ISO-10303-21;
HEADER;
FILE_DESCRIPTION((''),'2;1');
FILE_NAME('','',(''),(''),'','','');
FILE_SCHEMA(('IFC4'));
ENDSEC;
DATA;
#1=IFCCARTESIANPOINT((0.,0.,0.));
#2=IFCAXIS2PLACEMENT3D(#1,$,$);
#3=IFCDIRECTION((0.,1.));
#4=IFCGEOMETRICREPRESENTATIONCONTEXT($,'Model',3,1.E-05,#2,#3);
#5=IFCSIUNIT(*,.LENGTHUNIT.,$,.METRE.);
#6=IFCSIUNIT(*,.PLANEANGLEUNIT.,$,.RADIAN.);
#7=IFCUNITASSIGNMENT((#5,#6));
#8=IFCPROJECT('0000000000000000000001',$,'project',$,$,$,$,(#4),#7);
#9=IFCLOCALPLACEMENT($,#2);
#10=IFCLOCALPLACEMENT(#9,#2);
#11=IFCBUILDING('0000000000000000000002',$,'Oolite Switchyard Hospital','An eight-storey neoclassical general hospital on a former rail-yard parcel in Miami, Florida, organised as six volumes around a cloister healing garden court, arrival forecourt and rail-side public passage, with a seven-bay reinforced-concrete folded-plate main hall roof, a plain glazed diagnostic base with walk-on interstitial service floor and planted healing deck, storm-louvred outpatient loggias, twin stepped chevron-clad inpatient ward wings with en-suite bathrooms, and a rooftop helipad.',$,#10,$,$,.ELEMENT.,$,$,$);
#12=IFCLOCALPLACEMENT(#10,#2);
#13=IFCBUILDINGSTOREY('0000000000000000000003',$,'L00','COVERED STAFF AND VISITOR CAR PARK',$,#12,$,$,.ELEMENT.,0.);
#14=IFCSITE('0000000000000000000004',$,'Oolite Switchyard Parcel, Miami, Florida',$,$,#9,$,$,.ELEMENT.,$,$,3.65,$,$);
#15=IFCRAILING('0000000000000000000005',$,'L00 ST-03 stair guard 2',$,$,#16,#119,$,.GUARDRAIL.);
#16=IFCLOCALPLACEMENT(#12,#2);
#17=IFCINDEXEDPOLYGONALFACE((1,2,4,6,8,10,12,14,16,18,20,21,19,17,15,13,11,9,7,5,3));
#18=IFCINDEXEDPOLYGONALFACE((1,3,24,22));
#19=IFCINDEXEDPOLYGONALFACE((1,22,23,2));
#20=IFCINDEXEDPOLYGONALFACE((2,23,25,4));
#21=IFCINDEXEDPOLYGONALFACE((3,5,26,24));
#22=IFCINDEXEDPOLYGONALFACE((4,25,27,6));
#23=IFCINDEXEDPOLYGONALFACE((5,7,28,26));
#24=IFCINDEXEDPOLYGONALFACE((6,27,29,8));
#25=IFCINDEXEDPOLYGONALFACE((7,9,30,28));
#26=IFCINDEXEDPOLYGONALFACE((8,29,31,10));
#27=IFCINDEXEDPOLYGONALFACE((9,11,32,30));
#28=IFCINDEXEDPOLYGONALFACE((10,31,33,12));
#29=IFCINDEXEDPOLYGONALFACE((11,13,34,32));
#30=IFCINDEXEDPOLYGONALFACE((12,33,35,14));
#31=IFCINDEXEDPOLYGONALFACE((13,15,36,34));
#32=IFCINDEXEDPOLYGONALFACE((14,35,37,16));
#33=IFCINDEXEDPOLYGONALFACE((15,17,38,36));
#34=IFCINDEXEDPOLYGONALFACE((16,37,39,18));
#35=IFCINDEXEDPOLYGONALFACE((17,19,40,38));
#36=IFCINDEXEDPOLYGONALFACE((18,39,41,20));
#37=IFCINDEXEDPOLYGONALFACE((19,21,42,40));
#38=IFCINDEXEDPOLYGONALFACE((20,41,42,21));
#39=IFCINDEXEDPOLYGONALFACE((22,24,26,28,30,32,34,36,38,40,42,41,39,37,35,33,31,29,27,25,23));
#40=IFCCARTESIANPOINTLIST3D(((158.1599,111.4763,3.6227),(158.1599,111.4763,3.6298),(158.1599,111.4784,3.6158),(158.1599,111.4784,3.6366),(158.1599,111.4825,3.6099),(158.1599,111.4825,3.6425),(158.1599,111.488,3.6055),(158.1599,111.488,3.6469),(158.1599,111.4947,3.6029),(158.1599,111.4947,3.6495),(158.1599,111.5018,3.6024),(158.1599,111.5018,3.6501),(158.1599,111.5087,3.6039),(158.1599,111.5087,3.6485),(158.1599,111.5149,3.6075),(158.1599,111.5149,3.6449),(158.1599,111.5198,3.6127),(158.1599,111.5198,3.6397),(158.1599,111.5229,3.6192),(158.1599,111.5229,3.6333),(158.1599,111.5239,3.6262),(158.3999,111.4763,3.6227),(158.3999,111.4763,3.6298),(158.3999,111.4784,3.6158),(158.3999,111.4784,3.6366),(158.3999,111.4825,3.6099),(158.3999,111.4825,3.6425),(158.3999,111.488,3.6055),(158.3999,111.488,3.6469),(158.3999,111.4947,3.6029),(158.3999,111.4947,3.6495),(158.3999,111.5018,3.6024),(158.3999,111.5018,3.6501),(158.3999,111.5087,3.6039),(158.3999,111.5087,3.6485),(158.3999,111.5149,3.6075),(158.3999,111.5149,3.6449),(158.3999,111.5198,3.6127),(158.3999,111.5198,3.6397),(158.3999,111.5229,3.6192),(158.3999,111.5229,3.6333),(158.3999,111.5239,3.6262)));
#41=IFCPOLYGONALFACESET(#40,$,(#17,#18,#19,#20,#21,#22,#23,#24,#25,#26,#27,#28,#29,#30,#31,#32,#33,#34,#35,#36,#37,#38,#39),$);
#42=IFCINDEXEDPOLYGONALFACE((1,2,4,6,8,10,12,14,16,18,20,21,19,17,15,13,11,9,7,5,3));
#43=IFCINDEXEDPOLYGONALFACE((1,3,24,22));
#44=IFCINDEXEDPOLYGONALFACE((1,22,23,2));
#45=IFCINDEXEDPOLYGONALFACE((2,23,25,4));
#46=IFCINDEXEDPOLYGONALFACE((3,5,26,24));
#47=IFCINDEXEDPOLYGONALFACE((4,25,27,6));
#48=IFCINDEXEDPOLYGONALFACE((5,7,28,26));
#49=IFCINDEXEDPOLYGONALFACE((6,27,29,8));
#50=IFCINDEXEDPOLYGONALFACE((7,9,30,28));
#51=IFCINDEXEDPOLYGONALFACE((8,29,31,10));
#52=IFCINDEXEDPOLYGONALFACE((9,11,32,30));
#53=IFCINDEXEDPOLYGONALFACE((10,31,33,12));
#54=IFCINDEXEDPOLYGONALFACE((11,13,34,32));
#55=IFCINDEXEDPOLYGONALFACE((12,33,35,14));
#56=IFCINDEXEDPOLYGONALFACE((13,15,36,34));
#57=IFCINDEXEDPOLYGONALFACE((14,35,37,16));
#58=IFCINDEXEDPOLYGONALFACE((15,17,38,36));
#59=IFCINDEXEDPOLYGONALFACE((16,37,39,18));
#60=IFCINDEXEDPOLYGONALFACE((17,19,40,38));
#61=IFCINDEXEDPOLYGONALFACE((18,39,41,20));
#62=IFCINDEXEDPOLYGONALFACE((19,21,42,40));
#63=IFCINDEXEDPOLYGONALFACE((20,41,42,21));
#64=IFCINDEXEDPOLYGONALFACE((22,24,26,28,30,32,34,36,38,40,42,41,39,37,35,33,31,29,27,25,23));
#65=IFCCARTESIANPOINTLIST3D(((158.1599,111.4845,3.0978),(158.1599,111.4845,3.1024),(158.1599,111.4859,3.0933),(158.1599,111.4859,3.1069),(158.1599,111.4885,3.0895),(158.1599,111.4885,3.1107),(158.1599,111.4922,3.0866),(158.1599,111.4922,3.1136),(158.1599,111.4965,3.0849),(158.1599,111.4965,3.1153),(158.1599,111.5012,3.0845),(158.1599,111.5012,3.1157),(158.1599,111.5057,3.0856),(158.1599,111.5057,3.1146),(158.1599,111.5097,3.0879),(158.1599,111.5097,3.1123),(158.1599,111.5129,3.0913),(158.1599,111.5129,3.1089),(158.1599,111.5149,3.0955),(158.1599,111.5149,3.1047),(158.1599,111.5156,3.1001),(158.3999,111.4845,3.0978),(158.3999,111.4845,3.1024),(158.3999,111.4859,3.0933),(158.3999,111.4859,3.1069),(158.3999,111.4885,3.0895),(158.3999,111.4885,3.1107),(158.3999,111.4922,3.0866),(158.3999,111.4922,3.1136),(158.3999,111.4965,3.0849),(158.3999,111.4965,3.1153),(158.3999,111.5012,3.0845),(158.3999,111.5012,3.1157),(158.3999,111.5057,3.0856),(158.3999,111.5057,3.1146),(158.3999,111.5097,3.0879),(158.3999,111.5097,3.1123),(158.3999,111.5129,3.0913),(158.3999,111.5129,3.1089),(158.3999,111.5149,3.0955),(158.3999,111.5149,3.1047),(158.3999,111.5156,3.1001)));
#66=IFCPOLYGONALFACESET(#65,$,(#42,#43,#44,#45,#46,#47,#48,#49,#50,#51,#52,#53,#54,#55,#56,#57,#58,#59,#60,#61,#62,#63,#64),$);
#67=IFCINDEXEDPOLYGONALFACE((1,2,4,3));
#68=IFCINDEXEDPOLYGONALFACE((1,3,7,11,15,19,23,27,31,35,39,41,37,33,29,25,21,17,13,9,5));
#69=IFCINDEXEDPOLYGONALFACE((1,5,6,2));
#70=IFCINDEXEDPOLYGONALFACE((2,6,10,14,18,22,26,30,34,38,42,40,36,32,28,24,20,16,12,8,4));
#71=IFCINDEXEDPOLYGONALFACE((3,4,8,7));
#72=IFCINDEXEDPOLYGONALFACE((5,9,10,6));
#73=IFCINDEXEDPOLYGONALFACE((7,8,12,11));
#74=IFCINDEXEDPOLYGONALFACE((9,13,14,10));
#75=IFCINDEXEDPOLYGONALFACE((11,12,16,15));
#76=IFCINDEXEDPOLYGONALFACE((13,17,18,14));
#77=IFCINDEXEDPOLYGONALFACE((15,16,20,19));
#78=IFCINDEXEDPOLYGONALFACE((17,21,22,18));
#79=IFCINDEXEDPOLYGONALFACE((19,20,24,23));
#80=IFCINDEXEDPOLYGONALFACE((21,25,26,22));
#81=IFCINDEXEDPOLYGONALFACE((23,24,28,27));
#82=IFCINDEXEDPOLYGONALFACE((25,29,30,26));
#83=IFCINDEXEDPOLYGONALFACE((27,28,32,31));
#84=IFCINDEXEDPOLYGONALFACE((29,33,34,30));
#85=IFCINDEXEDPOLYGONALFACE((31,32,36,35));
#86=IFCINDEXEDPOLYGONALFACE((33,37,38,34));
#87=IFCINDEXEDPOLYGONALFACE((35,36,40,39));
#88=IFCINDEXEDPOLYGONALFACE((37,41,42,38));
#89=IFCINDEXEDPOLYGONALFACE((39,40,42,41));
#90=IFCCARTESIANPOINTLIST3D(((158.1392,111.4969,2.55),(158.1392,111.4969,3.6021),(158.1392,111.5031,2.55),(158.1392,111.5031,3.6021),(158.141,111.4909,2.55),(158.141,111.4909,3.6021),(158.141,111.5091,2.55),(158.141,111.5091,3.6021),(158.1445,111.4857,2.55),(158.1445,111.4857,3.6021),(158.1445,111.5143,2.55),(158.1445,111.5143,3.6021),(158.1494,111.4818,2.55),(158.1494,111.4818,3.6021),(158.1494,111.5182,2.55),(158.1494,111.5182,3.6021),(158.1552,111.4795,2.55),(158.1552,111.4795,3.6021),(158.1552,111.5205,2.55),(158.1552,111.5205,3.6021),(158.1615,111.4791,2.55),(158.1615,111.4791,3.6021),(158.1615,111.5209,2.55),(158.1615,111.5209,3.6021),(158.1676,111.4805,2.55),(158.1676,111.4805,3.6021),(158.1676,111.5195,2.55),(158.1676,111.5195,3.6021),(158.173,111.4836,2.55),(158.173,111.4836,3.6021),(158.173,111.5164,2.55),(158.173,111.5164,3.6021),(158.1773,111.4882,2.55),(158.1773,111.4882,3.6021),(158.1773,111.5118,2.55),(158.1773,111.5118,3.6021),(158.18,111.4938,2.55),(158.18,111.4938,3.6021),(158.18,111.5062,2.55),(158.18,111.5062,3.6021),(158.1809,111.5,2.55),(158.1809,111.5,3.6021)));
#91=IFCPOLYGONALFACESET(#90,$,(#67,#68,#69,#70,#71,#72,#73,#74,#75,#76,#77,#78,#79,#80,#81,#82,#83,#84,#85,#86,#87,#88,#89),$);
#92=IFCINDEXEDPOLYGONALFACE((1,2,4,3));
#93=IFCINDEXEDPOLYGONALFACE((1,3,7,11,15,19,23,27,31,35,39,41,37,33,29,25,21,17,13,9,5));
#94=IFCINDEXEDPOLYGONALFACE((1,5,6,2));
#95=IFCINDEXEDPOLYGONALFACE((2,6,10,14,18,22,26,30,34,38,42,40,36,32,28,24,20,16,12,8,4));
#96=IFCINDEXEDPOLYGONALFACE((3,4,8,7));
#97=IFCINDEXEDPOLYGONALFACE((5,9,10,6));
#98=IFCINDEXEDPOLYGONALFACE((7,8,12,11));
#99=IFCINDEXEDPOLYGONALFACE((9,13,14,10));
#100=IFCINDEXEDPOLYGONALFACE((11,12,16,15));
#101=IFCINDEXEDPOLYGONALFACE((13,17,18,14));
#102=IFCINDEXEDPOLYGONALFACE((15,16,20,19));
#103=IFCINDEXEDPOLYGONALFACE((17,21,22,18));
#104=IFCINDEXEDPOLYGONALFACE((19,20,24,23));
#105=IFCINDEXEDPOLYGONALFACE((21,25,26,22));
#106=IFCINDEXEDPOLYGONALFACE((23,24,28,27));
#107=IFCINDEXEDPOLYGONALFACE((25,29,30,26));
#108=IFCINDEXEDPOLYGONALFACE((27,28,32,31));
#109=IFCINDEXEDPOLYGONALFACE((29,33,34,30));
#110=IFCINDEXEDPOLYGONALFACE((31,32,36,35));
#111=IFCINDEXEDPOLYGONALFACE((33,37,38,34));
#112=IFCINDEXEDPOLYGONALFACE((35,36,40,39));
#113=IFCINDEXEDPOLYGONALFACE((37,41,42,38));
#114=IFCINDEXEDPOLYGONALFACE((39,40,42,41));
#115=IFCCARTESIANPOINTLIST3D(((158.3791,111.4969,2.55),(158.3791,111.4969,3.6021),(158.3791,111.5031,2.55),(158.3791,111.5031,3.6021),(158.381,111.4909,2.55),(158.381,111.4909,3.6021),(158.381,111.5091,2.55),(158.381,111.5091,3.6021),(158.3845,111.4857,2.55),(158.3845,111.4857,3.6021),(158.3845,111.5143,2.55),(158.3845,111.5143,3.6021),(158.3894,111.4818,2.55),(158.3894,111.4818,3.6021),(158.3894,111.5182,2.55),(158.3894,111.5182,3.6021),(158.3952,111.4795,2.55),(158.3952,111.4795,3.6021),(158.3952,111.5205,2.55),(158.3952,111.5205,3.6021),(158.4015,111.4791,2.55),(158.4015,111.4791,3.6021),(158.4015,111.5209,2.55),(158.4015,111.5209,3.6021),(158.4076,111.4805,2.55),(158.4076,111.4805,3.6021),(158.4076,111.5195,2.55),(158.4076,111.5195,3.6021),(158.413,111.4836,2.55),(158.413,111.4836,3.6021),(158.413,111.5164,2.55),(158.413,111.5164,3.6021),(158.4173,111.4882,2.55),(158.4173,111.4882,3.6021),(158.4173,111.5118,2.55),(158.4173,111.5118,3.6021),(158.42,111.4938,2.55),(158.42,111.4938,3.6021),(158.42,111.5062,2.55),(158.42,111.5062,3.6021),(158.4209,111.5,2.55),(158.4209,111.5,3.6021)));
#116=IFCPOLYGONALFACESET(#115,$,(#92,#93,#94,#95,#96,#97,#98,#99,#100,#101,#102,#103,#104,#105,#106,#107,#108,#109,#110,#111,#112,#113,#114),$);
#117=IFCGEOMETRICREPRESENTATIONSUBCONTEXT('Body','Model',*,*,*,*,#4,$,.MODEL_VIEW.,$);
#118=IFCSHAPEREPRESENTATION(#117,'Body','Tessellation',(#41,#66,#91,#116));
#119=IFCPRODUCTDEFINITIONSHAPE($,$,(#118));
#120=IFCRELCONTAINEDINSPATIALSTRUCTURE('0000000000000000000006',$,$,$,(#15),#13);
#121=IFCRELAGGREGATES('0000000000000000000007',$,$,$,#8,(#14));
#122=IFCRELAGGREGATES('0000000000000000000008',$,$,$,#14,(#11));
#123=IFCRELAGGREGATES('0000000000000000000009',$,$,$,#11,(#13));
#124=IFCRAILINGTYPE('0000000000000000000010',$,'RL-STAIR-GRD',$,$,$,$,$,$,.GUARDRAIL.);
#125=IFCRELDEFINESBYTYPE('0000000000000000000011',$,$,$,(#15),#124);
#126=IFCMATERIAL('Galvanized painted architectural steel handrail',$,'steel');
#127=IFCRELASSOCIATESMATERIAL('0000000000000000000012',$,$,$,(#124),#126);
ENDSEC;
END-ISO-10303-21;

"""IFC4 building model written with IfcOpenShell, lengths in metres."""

from ifc_helpers import new_model, si_unit, direction, frame, origin, origin_2d, place, context, subcontext, project, spatial, circle, extrude, material, type_object, element, save


model = new_model("IFC4")

# Units and contexts
model_context = context("Model", 3, precision=1e-05, world=origin(), true_north=direction((0.0, 1.0)))
body_context = subcontext(model_context, "Body", "Model", "MODEL_VIEW")
ifc_project = project(units=[si_unit("LENGTHUNIT", "METRE"), si_unit("PLANEANGLEUNIT", "RADIAN")], contexts=[model_context])

# Site, building, storey
site_placement = place(None, origin())
site = spatial("IfcSite", under=ifc_project, at=site_placement, Name="Oolite Switchyard Parcel, Miami, Florida", CompositionType="ELEMENT", RefElevation=3.65)
building_placement = place(site_placement, origin())
building = spatial("IfcBuilding", under=site, at=building_placement, Name="Oolite Switchyard Hospital", Description="An eight-storey neoclassical general hospital on a former rail-yard parcel in Miami, Florida, organised as six volumes around a cloister healing garden court, arrival forecourt and rail-side public passage, with a seven-bay reinforced-concrete folded-plate main hall roof, a plain glazed diagnostic base with walk-on interstitial service floor and planted healing deck, storm-louvred outpatient loggias, twin stepped chevron-clad inpatient ward wings with en-suite bathrooms, and a rooftop helipad.", CompositionType="ELEMENT")
storey_placement = place(building_placement, origin())
storey = spatial("IfcBuildingStorey", under=building, at=storey_placement, Name="L00", Description="COVERED STAFF AND VISITOR CAR PARK", CompositionType="ELEMENT", Elevation=0.0)

# Railing
ifc_material_1 = material(Name="Galvanized painted architectural steel handrail", Category="steel")
railing_type_1 = type_object("IfcRailingType", Name="RL-STAIR-GRD", PredefinedType="GUARDRAIL", material=ifc_material_1)
railing_1_placement = place(storey_placement, frame((158.1599, 111.5, 2.55)))
element("IfcRailing", 1, at=railing_1_placement, inside=storey, type_object=railing_type_1, Name="L00 ST-03 stair guard 2", PredefinedType="GUARDRAIL", context=body_context, shape_type="SweptSolid", body=[
    extrude(circle(Radius=0.0239, at=origin_2d()), frame((0.0, 0.0, 1.0762), z_axis=(1.0, 0.0, 0.0), x_axis=(0.0, 1.0, 0.0)), (0.0, 0.0, 1.0), 0.24),
    extrude(circle(Radius=0.0156, at=origin_2d()), frame((0.0, 0.0, 0.55), z_axis=(1.0, 0.0, 0.0), x_axis=(0.0, 1.0, 0.0)), (0.0, 0.0, 1.0), 0.24),
    extrude(circle(Radius=0.021, at=origin_2d()), origin(), (0.0, 0.0, 1.0), 1.052),
    extrude(circle(Radius=0.021, at=origin_2d()), frame((0.24, 0.0, 0.0)), (0.0, 0.0, 1.0), 1.052),
])

save(model, "model.ifc")
